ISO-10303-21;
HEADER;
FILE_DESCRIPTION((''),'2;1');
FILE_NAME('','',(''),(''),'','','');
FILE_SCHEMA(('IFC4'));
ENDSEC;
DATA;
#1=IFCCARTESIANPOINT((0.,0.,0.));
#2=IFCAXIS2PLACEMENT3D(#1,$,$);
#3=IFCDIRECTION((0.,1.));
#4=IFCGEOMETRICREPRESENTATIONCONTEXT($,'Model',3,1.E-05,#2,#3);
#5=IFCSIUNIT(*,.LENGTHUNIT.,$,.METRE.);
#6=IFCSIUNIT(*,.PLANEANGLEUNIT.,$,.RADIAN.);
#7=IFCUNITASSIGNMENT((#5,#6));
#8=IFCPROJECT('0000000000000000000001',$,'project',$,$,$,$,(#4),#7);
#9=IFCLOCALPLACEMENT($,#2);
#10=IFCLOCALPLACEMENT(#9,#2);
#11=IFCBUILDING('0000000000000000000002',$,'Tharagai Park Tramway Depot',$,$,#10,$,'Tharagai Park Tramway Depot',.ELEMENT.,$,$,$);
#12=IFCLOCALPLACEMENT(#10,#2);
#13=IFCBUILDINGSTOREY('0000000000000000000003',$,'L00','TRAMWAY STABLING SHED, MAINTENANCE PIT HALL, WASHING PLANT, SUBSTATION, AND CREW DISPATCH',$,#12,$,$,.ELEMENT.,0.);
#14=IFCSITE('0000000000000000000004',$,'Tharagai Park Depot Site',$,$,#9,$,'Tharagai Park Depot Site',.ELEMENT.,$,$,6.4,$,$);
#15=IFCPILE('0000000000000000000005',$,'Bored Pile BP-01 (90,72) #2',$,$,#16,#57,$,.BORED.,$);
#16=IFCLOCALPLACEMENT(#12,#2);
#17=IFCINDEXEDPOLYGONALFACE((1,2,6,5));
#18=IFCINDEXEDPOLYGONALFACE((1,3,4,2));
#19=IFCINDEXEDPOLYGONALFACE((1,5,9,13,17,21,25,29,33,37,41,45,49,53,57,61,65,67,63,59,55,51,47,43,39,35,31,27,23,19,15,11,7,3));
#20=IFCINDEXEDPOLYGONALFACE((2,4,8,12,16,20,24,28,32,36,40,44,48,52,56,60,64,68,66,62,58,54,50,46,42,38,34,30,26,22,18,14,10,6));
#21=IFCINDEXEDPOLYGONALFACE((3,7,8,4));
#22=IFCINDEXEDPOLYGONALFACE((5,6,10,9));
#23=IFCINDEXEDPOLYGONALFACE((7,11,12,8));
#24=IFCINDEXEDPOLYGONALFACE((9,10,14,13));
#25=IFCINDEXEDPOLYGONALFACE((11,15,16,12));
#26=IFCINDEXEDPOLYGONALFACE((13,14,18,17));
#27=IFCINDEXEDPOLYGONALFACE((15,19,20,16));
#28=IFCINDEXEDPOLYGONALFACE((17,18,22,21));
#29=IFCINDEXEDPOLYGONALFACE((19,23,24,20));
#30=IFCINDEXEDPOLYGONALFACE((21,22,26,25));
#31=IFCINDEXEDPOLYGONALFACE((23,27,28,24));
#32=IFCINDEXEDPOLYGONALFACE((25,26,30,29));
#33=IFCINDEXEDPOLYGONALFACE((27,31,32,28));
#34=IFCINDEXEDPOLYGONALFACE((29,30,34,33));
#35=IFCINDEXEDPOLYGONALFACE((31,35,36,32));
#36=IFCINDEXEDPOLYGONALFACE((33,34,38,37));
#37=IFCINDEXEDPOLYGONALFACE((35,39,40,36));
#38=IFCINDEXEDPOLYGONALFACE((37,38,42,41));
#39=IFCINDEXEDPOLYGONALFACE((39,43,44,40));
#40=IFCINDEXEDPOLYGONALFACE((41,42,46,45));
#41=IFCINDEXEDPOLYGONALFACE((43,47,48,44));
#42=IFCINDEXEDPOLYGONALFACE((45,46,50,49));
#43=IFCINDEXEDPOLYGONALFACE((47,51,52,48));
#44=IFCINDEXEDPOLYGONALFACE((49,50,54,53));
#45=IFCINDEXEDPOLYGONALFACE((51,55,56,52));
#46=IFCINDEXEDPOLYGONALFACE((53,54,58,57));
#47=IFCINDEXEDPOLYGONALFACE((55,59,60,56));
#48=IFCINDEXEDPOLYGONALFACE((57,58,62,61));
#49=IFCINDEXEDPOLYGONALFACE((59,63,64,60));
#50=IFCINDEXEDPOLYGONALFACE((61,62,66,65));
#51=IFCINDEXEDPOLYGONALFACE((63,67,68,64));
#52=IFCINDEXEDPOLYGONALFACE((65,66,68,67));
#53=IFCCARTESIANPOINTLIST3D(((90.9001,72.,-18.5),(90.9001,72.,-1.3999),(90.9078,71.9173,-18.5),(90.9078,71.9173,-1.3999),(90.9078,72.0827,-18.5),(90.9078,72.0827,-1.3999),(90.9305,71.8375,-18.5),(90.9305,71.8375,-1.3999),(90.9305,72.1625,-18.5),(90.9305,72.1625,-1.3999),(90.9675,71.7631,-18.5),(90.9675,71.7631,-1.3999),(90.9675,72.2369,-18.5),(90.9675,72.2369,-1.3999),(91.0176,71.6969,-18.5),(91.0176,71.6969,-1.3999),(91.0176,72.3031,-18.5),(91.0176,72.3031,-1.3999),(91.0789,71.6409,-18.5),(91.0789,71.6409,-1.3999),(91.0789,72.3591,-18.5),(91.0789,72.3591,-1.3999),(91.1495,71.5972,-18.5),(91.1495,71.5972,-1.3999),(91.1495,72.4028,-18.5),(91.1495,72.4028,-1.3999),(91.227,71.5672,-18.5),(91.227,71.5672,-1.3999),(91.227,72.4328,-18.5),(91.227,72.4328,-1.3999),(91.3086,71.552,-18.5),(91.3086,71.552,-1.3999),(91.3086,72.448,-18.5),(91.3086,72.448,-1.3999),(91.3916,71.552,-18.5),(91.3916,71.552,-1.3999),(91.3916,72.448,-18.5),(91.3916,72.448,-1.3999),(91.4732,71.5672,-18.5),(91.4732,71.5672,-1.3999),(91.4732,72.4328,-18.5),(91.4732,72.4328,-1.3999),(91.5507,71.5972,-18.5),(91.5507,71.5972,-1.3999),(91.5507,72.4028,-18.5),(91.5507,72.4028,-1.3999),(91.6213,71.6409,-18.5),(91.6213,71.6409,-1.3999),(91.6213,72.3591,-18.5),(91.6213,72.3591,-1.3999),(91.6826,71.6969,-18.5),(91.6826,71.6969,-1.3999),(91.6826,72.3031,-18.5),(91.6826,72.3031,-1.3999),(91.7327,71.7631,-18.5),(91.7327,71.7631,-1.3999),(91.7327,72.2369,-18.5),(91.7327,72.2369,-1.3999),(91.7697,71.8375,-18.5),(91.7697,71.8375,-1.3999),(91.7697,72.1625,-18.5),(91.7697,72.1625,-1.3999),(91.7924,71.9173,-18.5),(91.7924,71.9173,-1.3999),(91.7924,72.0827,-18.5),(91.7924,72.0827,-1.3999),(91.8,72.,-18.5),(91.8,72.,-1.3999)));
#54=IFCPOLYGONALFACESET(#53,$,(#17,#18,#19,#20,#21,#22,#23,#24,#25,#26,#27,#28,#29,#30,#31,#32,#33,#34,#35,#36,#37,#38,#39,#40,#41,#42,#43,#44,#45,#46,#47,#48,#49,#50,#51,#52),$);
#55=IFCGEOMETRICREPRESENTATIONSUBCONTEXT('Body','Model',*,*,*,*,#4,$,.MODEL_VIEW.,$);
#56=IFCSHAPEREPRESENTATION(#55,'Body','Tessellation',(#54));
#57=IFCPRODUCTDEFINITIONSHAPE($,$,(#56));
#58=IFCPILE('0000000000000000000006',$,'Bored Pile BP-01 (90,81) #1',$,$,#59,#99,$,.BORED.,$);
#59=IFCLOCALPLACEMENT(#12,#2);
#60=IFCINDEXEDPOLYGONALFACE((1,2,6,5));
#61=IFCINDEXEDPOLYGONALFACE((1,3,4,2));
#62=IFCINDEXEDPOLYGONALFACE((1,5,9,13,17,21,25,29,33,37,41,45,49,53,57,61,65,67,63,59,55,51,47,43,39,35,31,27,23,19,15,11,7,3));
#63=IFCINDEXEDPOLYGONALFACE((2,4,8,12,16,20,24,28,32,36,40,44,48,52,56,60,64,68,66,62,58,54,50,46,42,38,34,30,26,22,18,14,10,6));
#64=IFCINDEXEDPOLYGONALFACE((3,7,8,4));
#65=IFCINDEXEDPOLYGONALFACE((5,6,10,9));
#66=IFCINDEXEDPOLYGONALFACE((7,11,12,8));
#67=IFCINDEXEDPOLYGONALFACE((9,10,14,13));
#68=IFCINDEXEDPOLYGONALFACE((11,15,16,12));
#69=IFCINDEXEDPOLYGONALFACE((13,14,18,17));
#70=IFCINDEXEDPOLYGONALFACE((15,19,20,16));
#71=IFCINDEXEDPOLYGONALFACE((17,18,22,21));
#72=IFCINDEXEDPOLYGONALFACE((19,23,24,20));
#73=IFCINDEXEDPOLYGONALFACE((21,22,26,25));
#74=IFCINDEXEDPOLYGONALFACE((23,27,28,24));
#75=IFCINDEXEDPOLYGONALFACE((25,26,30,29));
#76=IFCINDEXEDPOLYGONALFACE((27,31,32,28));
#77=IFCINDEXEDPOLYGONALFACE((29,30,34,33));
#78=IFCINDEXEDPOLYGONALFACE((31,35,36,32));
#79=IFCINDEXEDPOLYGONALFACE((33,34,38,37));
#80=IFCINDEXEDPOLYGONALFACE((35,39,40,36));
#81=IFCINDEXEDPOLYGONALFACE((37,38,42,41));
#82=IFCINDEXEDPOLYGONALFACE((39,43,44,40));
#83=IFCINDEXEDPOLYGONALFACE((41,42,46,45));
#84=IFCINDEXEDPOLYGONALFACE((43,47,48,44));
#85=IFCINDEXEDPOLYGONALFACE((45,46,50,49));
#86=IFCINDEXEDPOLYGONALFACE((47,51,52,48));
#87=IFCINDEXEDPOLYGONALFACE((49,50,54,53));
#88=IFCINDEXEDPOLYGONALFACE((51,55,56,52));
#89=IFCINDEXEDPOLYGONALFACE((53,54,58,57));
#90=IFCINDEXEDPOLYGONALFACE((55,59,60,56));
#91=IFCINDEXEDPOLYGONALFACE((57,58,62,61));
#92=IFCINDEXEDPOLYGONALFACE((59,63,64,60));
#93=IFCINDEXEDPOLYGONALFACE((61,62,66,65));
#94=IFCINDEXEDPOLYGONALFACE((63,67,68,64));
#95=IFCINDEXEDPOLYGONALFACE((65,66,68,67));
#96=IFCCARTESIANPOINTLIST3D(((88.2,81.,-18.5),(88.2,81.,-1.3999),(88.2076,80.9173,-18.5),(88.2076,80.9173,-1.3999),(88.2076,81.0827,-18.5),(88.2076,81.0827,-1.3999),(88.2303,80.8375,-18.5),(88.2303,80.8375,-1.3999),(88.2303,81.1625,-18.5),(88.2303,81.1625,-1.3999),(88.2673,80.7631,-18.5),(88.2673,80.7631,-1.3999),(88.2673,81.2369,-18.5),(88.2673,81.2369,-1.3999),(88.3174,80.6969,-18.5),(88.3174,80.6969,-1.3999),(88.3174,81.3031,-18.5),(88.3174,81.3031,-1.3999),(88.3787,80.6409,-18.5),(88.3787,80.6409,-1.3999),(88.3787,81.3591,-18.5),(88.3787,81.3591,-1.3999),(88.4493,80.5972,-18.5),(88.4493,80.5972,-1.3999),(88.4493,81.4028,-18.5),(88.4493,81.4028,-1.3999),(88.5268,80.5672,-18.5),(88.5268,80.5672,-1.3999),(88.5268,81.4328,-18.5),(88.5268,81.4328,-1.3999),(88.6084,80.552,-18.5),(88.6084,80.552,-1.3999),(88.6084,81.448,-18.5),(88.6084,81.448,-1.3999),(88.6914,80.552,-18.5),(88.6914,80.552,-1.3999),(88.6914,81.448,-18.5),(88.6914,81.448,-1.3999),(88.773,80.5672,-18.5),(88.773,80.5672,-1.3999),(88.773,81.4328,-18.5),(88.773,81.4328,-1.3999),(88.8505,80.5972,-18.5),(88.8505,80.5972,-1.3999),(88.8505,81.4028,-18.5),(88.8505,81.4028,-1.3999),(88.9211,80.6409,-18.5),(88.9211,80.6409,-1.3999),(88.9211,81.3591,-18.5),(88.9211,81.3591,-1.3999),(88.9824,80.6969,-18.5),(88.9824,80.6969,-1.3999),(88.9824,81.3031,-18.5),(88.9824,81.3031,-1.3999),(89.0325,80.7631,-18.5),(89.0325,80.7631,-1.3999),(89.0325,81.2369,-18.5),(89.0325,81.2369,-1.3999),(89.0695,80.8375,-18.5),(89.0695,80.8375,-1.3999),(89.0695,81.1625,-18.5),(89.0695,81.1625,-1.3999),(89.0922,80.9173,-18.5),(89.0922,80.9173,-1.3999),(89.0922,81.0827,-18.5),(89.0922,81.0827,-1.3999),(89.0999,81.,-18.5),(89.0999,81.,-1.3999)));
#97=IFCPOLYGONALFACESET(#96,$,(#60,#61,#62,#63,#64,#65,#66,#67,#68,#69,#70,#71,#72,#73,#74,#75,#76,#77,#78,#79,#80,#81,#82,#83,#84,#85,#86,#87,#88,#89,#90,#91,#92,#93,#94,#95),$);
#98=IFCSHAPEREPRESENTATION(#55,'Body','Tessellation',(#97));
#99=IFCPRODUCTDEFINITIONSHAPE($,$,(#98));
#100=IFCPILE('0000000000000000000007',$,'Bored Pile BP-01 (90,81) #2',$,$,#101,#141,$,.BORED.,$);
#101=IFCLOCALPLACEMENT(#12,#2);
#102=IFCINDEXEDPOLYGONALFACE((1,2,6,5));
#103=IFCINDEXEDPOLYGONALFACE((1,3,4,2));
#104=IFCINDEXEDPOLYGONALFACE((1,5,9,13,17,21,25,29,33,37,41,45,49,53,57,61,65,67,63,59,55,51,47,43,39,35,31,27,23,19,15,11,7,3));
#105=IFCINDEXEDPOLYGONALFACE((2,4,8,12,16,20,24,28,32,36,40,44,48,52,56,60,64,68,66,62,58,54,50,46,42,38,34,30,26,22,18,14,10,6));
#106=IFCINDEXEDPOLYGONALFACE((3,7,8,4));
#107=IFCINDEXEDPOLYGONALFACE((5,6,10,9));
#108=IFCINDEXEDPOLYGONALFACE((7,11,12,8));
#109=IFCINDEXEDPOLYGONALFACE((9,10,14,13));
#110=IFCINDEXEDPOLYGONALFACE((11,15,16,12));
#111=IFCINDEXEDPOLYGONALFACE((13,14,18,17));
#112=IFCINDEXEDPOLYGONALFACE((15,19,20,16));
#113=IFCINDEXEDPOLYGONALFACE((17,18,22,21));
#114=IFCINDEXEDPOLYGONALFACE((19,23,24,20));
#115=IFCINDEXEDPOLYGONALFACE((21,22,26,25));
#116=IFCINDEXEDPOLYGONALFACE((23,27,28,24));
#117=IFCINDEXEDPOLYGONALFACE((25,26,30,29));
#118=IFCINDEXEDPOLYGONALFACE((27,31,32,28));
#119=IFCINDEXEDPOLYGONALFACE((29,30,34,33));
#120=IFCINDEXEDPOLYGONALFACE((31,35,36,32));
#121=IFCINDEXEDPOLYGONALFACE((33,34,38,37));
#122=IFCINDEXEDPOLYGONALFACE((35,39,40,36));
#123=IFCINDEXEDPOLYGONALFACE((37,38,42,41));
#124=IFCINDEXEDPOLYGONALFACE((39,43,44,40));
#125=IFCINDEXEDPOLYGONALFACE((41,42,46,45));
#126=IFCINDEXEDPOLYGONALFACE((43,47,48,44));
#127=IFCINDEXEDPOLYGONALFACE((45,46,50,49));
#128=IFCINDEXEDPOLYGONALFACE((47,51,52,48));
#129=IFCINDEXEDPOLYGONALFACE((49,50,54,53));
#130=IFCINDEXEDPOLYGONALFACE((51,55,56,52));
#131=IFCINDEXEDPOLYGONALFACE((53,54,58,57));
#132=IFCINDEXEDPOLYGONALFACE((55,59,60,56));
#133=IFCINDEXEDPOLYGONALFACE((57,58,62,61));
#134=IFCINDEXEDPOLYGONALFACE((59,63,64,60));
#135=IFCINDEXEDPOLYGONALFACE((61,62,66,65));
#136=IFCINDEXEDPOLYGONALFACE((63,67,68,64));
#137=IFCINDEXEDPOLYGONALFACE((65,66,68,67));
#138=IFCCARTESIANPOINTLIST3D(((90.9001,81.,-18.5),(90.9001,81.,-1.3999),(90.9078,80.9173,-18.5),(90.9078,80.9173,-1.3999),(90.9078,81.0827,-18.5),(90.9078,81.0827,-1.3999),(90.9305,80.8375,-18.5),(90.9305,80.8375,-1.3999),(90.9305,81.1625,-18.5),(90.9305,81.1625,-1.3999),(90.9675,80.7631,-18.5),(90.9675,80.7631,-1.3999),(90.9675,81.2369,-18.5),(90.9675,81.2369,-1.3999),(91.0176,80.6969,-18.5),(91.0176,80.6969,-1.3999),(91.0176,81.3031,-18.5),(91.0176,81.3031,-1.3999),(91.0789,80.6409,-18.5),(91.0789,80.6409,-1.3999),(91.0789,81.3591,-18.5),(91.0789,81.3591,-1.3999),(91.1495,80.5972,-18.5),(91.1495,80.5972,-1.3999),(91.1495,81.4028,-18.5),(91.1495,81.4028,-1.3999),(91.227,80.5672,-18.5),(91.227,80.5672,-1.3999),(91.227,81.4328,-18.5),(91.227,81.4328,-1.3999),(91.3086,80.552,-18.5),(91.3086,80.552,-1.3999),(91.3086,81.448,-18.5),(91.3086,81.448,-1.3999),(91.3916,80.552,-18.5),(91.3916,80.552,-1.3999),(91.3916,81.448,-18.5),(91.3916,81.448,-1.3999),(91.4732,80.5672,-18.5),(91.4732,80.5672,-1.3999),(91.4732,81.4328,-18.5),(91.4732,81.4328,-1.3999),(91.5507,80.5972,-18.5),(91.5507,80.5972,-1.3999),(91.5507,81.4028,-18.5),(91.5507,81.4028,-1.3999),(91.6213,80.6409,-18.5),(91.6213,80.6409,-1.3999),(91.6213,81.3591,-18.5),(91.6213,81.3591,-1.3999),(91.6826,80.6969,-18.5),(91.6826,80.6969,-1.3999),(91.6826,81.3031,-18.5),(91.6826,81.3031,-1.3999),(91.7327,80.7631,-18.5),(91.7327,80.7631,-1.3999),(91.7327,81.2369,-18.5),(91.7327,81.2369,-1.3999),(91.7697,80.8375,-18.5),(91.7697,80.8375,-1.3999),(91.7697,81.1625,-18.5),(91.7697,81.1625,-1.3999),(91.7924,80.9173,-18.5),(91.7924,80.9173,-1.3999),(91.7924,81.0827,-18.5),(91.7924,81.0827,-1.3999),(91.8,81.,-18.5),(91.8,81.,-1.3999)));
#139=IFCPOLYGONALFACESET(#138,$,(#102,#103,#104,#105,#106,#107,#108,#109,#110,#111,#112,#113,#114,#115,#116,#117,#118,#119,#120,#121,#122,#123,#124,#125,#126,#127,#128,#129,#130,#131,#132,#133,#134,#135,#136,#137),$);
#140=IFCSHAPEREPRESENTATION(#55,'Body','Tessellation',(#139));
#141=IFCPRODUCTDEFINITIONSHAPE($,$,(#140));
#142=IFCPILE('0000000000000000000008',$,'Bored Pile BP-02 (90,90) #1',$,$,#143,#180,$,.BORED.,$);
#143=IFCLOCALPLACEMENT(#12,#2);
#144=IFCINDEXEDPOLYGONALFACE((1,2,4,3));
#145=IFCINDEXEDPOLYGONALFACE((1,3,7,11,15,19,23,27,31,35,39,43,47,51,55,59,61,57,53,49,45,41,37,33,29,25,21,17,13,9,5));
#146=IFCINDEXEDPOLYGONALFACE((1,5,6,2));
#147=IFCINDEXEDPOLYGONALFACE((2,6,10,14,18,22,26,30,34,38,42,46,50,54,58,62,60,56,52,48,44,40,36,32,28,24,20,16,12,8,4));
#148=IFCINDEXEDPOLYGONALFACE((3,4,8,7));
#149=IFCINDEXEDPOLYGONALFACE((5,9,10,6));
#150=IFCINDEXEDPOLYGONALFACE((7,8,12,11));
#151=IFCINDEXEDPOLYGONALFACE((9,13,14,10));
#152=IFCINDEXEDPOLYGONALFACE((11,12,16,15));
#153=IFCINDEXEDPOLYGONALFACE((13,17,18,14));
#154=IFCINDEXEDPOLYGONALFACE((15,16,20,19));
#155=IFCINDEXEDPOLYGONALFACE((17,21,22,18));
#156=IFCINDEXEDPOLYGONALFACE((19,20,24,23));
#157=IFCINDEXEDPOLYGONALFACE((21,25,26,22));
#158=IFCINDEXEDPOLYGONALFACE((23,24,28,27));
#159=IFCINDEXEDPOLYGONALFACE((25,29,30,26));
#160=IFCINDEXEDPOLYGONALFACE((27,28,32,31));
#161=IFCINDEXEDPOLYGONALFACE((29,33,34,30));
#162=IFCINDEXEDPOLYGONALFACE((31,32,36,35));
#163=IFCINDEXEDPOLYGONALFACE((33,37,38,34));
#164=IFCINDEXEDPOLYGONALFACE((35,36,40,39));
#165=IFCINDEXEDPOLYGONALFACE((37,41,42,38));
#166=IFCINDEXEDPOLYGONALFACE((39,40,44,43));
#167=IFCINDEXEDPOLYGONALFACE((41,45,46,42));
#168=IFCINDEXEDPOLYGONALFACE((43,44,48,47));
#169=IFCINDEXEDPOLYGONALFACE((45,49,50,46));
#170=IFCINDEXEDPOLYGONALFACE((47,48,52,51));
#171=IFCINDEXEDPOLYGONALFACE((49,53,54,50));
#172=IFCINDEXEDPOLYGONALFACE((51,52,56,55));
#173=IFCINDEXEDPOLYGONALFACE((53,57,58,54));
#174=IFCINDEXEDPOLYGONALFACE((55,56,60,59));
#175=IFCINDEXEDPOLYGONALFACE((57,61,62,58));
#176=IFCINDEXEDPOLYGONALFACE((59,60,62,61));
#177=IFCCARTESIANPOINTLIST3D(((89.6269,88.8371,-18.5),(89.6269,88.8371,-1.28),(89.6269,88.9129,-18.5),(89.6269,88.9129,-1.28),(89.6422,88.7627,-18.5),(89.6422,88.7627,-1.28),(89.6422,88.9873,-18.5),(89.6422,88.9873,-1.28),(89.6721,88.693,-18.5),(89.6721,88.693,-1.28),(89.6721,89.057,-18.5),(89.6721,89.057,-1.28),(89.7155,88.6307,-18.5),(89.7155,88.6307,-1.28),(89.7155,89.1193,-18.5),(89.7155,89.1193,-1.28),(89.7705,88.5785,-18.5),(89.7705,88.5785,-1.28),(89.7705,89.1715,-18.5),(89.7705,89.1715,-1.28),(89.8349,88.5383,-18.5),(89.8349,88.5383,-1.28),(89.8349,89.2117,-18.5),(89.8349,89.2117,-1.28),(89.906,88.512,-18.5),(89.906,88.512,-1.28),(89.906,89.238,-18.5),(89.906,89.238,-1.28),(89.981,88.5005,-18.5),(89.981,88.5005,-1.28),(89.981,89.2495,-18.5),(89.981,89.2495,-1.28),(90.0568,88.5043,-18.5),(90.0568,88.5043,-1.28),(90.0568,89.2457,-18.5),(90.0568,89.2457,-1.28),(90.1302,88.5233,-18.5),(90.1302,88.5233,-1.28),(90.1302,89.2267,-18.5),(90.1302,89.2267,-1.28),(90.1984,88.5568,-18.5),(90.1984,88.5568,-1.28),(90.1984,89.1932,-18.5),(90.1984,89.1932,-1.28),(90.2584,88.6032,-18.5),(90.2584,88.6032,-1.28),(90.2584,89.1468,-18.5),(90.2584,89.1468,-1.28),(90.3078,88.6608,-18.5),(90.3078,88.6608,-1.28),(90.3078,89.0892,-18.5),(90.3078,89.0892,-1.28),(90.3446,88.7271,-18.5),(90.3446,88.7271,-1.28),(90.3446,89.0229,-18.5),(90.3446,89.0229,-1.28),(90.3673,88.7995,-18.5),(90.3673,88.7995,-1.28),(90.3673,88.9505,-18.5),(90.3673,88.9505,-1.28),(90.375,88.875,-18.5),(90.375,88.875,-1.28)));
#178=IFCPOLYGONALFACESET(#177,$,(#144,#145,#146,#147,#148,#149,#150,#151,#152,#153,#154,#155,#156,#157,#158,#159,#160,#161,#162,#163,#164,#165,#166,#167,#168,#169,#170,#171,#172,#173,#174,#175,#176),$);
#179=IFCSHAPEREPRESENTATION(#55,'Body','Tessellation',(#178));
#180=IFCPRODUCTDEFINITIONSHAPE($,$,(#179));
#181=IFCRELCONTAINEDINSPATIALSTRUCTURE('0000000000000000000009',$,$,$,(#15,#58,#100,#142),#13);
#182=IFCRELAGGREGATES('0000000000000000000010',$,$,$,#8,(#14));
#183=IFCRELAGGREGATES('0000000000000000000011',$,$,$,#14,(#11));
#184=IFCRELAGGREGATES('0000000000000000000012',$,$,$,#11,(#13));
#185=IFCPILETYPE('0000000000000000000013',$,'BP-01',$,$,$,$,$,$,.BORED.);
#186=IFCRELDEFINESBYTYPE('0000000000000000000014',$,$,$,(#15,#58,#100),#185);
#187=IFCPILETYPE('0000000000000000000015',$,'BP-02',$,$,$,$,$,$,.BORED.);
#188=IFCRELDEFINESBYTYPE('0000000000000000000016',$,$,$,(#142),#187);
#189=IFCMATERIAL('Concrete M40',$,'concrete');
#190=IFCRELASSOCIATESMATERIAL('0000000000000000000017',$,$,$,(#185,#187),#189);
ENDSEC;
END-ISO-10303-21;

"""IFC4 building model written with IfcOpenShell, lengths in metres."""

from ifc_helpers import new_model, si_unit, direction, frame, origin, origin_2d, place, context, subcontext, project, spatial, circle, extrude, material, material_profile, profile_set, type_object, element, save


model = new_model("IFC4")

# Units and contexts
model_context = context("Model", 3, precision=1e-05, world=origin(), true_north=direction((0.0, 1.0)))
body_context = subcontext(model_context, "Body", "Model", "MODEL_VIEW")
ifc_project = project(units=[si_unit("LENGTHUNIT", "METRE"), si_unit("PLANEANGLEUNIT", "RADIAN")], contexts=[model_context])

# Site, building, storey
site_placement = place(None, origin())
site = spatial("IfcSite", under=ifc_project, at=site_placement, Name="Tharagai Park Depot Site", LongName="Tharagai Park Depot Site", CompositionType="ELEMENT", RefElevation=6.4)
building_placement = place(site_placement, origin())
building = spatial("IfcBuilding", under=site, at=building_placement, Name="Tharagai Park Tramway Depot", LongName="Tharagai Park Tramway Depot", CompositionType="ELEMENT")
storey_placement = place(building_placement, origin())
storey = spatial("IfcBuildingStorey", under=building, at=storey_placement, Name="L00", Description="TRAMWAY STABLING SHED, MAINTENANCE PIT HALL, WASHING PLANT, SUBSTATION, AND CREW DISPATCH", CompositionType="ELEMENT", Elevation=0.0)

# Piles
ifc_material_1 = material(Name="Concrete M40", Category="concrete")
ifc_material_profile_1 = material_profile(ifc_material_1, circle(Radius=0.45, at=origin_2d()), Name="PILE D900")
ifc_profile_set_1 = profile_set([ifc_material_profile_1], Name="Concrete M40")
pile_type_1 = type_object("IfcPileType", Name="BP-01", PredefinedType="BORED", material=ifc_profile_set_1)
for number, where, z_axis, x_axis, name in (
    (1, (91.3501, 72.0, -1.3999), (0.0, 0.0, -1.0), (1.0, 0.0, 0.0), "Bored Pile BP-01 (90,72) #2"),
    (2, (88.6499, 81.0, -1.3999), (0.0, 0.0, -1.0), (1.0, 0.0, 0.0), "Bored Pile BP-01 (90,81) #1"),
    (3, (91.3501, 81.0, -1.3999), (0.0, 0.0, -1.0), (1.0, 0.0, 0.0), "Bored Pile BP-01 (90,81) #2"),
):
    element("IfcPile", number, at=place(storey_placement, frame(where, z_axis=z_axis, x_axis=x_axis)), inside=storey, type_object=pile_type_1, Name=name, PredefinedType="BORED", context=body_context, shape_type="SweptSolid", body=[
        extrude(circle(Radius=0.45, at=origin_2d()), origin(), (0.0, 0.0, 1.0), 17.1001),
    ])
ifc_material_profile_2 = material_profile(ifc_material_1, circle(Radius=0.375, at=origin_2d()), Name="PILE D750")
ifc_profile_set_2 = profile_set([ifc_material_profile_2], Name="Concrete M40")
pile_type_2 = type_object("IfcPileType", Name="BP-02", PredefinedType="BORED", material=ifc_profile_set_2)
for number, where, z_axis, x_axis, name in (
    (4, (90.0, 88.875, -1.28), (0.0, 0.0, -1.0), (1.0, 0.0, 0.0), "Bored Pile BP-02 (90,90) #1"),
):
    element("IfcPile", number, at=place(storey_placement, frame(where, z_axis=z_axis, x_axis=x_axis)), inside=storey, type_object=pile_type_2, Name=name, PredefinedType="BORED", context=body_context, shape_type="SweptSolid", body=[
        extrude(circle(Radius=0.375, at=origin_2d()), origin(), (0.0, 0.0, 1.0), 17.22),
    ])

save(model, "model.ifc")
